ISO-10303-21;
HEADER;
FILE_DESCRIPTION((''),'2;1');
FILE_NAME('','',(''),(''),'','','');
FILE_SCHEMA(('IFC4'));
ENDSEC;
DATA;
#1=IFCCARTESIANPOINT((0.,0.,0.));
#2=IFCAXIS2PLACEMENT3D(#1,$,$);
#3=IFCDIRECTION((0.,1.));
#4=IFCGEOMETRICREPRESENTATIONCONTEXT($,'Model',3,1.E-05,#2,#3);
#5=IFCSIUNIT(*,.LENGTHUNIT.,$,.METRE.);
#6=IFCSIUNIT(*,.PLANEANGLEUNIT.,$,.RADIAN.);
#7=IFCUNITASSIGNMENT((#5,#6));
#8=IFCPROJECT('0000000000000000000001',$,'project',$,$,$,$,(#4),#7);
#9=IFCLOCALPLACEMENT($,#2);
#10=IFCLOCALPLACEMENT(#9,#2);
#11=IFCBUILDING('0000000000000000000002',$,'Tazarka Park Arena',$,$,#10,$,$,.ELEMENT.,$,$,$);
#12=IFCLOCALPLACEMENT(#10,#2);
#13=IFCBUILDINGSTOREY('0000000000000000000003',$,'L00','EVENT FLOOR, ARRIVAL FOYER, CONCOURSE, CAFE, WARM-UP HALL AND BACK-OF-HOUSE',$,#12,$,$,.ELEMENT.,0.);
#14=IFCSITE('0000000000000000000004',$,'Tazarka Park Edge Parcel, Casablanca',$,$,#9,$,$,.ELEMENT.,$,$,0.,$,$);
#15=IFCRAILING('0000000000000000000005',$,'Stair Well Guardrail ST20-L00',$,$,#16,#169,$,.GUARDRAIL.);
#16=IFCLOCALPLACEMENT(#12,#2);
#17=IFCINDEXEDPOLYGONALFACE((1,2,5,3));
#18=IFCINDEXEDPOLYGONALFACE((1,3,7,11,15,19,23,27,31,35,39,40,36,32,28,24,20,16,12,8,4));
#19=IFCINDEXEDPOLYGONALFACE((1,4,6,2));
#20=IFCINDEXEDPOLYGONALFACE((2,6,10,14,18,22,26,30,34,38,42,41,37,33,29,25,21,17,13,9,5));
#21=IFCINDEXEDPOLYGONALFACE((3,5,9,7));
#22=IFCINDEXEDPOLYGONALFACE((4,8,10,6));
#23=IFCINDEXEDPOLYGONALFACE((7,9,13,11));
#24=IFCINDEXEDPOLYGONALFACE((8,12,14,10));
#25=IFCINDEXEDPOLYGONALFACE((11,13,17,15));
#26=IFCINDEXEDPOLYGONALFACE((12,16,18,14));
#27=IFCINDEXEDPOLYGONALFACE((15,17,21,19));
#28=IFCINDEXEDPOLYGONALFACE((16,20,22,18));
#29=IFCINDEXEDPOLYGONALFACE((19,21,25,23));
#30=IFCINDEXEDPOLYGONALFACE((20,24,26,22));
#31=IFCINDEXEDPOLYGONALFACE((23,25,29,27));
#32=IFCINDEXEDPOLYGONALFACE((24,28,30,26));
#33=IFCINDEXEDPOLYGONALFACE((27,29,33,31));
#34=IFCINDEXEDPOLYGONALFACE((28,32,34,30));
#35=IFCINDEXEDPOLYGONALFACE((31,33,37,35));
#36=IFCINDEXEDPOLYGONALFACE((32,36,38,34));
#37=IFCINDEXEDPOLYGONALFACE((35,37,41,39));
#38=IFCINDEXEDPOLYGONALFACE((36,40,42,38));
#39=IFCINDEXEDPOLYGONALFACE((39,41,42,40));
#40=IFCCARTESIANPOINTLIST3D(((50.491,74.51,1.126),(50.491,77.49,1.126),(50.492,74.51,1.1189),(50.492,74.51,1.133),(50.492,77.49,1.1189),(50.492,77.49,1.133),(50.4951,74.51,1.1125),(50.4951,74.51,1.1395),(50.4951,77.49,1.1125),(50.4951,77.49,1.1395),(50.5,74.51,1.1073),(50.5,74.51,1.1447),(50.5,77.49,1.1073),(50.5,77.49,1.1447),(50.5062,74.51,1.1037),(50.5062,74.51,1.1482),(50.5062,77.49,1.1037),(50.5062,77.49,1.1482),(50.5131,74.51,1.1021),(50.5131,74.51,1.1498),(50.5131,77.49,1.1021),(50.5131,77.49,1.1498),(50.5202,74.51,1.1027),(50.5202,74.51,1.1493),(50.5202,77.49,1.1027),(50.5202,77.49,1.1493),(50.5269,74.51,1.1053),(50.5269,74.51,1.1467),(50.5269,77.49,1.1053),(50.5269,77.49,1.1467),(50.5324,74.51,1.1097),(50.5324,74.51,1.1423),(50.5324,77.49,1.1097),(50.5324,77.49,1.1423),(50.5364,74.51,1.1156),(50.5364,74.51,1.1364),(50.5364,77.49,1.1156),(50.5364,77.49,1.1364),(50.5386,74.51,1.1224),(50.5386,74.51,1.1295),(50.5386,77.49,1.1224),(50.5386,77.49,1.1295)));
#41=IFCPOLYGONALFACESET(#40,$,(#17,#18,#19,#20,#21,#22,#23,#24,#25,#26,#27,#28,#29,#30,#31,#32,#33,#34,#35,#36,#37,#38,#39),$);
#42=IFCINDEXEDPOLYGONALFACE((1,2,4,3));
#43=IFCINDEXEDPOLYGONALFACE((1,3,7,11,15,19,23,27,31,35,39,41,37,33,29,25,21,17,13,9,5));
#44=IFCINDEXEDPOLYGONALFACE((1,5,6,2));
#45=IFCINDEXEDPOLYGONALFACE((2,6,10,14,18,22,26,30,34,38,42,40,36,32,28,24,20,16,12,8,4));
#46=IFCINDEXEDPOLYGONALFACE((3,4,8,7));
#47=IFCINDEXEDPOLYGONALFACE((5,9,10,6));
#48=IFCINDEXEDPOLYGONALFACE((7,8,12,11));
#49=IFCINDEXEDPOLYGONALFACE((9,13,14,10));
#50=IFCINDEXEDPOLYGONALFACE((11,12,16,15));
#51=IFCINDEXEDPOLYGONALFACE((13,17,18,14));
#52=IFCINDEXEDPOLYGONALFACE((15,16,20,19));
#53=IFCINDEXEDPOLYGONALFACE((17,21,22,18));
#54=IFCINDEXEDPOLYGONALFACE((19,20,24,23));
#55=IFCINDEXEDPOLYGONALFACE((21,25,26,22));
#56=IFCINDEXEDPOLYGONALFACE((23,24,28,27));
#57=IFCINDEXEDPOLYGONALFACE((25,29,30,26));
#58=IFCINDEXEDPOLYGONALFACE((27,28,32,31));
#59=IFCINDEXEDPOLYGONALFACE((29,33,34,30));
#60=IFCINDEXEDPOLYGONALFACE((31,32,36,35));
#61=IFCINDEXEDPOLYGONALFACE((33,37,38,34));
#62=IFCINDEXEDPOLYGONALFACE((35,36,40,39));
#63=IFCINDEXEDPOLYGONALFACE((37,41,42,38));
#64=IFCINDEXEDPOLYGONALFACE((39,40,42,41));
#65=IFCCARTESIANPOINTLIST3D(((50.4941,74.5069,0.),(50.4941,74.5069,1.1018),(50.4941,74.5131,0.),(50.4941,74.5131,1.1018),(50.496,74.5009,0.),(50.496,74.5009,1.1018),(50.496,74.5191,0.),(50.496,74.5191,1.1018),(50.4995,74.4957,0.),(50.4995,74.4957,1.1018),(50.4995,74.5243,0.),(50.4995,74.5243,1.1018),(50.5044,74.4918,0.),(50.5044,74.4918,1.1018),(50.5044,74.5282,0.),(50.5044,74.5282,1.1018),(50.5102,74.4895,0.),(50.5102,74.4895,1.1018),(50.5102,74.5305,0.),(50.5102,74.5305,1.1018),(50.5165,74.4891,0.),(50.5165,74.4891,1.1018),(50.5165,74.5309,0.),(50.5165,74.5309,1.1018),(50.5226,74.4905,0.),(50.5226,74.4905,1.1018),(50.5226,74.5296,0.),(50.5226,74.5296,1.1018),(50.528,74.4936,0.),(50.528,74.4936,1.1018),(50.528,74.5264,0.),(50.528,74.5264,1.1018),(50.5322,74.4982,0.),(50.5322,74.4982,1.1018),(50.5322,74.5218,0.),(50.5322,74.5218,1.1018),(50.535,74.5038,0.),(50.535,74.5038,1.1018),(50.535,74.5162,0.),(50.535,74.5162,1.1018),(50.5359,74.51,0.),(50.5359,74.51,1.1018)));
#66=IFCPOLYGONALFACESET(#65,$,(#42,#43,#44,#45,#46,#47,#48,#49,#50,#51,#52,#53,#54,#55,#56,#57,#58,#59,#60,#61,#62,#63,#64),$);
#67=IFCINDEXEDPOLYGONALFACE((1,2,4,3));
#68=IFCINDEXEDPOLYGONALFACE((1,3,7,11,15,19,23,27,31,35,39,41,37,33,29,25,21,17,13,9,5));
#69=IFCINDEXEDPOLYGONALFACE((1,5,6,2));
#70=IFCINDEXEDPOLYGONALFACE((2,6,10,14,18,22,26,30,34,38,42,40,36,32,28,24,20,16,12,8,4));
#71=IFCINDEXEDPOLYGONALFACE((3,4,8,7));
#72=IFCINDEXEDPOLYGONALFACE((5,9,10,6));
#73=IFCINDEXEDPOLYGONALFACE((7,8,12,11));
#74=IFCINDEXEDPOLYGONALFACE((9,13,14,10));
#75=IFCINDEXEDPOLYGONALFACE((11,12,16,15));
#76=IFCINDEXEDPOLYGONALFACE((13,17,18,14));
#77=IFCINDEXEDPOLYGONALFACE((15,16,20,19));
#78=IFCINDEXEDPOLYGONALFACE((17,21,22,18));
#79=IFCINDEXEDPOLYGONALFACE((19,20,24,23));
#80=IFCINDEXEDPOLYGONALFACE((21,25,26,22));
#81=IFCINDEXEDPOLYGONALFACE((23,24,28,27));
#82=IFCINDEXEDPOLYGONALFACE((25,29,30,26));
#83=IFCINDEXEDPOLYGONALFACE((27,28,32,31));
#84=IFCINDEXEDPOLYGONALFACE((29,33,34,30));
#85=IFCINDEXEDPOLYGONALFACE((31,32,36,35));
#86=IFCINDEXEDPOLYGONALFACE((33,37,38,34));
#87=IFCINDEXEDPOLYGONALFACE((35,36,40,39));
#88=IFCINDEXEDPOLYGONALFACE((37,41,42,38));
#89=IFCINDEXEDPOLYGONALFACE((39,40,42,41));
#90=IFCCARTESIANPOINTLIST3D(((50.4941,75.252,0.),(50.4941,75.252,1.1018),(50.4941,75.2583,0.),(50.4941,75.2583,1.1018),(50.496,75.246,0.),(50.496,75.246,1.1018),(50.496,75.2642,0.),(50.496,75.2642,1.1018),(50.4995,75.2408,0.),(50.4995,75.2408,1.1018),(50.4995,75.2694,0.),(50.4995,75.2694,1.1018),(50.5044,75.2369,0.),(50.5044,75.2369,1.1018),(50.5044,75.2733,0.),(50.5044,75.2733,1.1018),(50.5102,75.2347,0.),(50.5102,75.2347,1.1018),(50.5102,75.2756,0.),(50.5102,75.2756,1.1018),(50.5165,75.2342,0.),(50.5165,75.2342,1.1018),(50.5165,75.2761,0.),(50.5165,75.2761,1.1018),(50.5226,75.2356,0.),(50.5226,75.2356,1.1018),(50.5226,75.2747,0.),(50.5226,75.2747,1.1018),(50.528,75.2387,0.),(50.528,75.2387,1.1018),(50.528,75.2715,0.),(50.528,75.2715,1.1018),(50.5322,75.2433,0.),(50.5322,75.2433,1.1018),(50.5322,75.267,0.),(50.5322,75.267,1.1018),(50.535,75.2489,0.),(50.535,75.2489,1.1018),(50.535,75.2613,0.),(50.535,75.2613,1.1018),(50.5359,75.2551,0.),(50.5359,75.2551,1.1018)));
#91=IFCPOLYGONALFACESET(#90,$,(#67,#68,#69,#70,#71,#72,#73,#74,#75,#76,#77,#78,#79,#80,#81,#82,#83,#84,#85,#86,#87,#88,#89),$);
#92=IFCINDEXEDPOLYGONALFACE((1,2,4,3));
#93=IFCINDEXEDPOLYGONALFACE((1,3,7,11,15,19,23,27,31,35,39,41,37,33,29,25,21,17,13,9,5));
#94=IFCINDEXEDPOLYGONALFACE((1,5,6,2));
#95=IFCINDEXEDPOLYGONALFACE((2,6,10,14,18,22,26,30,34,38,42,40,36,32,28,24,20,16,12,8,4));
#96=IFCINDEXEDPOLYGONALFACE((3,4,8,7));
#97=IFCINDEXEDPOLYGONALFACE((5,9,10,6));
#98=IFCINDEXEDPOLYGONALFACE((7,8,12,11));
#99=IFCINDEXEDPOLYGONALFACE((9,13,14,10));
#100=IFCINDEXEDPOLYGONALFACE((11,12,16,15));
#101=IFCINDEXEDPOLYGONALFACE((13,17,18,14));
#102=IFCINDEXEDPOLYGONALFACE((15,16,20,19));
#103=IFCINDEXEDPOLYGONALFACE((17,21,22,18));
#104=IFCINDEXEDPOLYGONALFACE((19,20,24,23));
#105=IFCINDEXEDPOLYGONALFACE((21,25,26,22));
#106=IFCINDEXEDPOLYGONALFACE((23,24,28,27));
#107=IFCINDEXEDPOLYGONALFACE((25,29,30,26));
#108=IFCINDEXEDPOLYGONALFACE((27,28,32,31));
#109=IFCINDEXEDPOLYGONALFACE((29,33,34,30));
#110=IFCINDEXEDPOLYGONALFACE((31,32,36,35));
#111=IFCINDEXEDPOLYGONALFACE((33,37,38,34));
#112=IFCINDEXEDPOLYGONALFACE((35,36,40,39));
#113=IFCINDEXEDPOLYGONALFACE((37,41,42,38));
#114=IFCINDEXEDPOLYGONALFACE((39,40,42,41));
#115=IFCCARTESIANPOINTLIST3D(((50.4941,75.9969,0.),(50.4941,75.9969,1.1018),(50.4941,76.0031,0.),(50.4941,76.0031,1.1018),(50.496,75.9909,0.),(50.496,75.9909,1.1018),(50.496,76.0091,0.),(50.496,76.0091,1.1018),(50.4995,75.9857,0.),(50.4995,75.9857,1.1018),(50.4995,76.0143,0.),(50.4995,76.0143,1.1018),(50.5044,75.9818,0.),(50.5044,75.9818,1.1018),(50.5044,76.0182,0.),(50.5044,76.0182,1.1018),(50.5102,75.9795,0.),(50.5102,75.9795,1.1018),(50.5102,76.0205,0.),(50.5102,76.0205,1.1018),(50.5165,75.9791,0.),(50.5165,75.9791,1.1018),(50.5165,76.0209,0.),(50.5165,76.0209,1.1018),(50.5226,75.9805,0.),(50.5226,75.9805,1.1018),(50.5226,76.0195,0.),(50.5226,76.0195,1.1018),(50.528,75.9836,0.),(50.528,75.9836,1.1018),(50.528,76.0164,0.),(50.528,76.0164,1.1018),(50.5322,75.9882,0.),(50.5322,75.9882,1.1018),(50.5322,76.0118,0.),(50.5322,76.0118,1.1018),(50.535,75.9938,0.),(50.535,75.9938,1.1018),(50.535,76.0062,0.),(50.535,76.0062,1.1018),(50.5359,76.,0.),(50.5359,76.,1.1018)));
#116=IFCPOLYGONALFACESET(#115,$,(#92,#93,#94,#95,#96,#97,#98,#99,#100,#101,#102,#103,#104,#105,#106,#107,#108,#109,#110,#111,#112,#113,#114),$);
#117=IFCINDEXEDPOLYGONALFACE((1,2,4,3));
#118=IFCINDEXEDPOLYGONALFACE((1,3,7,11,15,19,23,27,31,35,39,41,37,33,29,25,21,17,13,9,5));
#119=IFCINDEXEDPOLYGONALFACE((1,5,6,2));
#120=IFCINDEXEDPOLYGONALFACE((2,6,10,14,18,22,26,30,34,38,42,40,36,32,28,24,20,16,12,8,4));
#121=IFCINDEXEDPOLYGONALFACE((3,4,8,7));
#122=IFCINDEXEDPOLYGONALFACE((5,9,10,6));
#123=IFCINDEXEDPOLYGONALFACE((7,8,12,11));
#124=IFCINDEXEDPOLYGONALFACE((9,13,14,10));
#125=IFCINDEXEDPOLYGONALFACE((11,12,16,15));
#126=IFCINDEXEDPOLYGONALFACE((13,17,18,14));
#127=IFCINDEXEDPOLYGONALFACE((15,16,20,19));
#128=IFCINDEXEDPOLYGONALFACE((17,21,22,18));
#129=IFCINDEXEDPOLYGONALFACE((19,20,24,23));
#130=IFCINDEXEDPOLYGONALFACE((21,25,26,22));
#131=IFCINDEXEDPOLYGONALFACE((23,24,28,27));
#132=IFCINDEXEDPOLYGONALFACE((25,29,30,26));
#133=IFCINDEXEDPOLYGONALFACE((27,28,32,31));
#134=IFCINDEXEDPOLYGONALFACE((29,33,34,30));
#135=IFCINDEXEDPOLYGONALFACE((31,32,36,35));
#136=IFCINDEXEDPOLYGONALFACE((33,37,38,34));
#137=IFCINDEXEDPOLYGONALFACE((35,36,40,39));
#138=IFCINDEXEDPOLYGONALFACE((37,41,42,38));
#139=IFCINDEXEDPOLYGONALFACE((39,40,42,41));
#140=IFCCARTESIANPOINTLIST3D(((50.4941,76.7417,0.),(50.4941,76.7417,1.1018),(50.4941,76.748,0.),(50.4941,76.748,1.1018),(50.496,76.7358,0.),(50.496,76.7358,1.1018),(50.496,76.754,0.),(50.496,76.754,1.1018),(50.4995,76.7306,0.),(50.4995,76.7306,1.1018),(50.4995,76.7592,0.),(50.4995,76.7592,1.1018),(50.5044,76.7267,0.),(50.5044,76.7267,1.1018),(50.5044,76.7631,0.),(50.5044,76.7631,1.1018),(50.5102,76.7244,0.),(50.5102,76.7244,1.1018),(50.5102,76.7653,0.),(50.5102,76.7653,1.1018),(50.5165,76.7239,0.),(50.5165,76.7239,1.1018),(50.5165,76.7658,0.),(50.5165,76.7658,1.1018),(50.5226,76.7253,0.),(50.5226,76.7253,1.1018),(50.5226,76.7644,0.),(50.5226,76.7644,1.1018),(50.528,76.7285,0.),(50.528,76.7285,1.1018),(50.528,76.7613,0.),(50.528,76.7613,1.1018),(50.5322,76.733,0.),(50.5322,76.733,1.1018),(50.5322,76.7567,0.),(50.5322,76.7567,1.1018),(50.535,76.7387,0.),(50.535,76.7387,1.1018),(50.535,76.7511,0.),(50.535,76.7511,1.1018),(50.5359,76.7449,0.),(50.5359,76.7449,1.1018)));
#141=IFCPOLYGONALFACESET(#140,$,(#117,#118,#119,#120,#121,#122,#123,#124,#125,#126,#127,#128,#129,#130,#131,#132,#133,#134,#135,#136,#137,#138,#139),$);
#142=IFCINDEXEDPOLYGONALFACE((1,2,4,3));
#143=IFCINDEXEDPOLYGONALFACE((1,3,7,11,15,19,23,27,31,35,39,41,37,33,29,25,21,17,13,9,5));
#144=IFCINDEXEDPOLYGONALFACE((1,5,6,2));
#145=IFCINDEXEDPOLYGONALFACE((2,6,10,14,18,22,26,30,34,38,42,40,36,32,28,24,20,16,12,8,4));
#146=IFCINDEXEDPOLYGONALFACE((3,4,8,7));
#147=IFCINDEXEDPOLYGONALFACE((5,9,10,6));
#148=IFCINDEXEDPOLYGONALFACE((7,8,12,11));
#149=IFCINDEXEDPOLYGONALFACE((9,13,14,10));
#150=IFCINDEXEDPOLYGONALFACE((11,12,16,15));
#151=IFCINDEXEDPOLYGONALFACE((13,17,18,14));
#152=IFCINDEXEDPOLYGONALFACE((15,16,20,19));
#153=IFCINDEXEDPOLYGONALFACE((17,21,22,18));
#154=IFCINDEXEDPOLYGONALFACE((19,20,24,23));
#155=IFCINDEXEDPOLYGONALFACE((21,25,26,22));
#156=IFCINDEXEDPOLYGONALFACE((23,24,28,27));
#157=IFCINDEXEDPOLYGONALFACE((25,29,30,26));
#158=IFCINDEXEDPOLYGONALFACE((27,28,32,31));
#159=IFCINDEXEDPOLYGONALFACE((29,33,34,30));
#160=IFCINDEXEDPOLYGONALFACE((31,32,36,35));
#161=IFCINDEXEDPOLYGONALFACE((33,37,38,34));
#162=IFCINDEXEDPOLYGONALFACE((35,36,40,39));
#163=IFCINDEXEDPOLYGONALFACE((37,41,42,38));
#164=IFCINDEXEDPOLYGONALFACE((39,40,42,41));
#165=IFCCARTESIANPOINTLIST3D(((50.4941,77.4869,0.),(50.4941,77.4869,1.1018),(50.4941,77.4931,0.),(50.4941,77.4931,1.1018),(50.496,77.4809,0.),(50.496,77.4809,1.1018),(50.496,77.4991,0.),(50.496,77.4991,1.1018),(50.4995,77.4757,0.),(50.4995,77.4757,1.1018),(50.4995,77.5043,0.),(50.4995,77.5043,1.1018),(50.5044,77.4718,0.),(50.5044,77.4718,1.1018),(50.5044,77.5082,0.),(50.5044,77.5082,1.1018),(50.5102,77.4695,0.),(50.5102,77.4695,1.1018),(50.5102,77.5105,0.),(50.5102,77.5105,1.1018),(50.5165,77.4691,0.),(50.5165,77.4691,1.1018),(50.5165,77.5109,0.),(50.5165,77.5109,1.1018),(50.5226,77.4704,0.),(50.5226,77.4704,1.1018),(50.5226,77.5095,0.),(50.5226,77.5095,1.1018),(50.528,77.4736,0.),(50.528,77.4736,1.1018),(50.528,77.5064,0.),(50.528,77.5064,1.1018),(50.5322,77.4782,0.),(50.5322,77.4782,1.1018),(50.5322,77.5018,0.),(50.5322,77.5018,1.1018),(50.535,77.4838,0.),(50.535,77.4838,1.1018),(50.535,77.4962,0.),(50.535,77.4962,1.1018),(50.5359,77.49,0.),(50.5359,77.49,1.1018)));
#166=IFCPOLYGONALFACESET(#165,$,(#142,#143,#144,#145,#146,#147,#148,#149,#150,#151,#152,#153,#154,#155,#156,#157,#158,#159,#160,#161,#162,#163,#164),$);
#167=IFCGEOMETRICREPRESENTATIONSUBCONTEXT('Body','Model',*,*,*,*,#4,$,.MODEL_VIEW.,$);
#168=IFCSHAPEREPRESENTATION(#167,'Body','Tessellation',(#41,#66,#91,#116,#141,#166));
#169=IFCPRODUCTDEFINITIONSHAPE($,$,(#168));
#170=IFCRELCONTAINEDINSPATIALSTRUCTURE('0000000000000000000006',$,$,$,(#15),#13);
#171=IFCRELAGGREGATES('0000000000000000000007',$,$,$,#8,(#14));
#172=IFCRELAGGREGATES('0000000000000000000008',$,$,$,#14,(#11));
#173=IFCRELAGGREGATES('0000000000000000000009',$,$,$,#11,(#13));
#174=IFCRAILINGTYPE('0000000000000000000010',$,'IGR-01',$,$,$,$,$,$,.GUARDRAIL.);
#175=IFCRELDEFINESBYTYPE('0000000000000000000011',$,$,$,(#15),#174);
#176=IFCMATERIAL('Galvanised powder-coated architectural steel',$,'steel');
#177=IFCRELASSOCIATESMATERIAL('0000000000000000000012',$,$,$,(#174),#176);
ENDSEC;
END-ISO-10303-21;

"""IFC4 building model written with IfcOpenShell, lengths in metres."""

from ifc_helpers import new_model, si_unit, direction, frame, origin, origin_2d, place, context, subcontext, project, spatial, circle, extrude, material, type_object, element, save


model = new_model("IFC4")

# Units and contexts
model_context = context("Model", 3, precision=1e-05, world=origin(), true_north=direction((0.0, 1.0)))
body_context = subcontext(model_context, "Body", "Model", "MODEL_VIEW")
ifc_project = project(units=[si_unit("LENGTHUNIT", "METRE"), si_unit("PLANEANGLEUNIT", "RADIAN")], contexts=[model_context])

# Site, building, storey
site_placement = place(None, origin())
site = spatial("IfcSite", under=ifc_project, at=site_placement, Name="Tazarka Park Edge Parcel, Casablanca", CompositionType="ELEMENT", RefElevation=0.0)
building_placement = place(site_placement, origin())
building = spatial("IfcBuilding", under=site, at=building_placement, Name="Tazarka Park Arena", CompositionType="ELEMENT")
storey_placement = place(building_placement, origin())
storey = spatial("IfcBuildingStorey", under=building, at=storey_placement, Name="L00", Description="EVENT FLOOR, ARRIVAL FOYER, CONCOURSE, CAFE, WARM-UP HALL AND BACK-OF-HOUSE", CompositionType="ELEMENT", Elevation=0.0)

# Railing
ifc_material_1 = material(Name="Galvanised powder-coated architectural steel", Category="steel")
railing_type_1 = type_object("IfcRailingType", Name="IGR-01", PredefinedType="GUARDRAIL", material=ifc_material_1)
for number, where, name in (
    (1, (50.5149, 74.51, 0.0), "Stair Well Guardrail ST20-L00"),
):
    element("IfcRailing", number, at=place(storey_placement, frame(where)), inside=storey, type_object=railing_type_1, Name=name, PredefinedType="GUARDRAIL", context=body_context, shape_type="SweptSolid", body=[
        extrude(circle(Radius=0.0239, at=origin_2d()), frame((0.0, 0.0, 1.126), z_axis=(0.0, 1.0, 0.0), x_axis=(-1.0, 0.0, 0.0)), (0.0, 0.0, 1.0), 2.98),
        extrude(circle(Radius=0.021, at=origin_2d()), origin(), (0.0, 0.0, 1.0), 1.1018),
        extrude(circle(Radius=0.021, at=origin_2d()), frame((0.0, 0.7451, 0.0)), (0.0, 0.0, 1.0), 1.1018),
        extrude(circle(Radius=0.021, at=origin_2d()), frame((0.0, 1.49, 0.0)), (0.0, 0.0, 1.0), 1.1018),
        extrude(circle(Radius=0.021, at=origin_2d()), frame((0.0, 2.2349, 0.0)), (0.0, 0.0, 1.0), 1.1018),
        extrude(circle(Radius=0.021, at=origin_2d()), frame((0.0, 2.98, 0.0)), (0.0, 0.0, 1.0), 1.1018),
    ])

save(model, "model.ifc")
